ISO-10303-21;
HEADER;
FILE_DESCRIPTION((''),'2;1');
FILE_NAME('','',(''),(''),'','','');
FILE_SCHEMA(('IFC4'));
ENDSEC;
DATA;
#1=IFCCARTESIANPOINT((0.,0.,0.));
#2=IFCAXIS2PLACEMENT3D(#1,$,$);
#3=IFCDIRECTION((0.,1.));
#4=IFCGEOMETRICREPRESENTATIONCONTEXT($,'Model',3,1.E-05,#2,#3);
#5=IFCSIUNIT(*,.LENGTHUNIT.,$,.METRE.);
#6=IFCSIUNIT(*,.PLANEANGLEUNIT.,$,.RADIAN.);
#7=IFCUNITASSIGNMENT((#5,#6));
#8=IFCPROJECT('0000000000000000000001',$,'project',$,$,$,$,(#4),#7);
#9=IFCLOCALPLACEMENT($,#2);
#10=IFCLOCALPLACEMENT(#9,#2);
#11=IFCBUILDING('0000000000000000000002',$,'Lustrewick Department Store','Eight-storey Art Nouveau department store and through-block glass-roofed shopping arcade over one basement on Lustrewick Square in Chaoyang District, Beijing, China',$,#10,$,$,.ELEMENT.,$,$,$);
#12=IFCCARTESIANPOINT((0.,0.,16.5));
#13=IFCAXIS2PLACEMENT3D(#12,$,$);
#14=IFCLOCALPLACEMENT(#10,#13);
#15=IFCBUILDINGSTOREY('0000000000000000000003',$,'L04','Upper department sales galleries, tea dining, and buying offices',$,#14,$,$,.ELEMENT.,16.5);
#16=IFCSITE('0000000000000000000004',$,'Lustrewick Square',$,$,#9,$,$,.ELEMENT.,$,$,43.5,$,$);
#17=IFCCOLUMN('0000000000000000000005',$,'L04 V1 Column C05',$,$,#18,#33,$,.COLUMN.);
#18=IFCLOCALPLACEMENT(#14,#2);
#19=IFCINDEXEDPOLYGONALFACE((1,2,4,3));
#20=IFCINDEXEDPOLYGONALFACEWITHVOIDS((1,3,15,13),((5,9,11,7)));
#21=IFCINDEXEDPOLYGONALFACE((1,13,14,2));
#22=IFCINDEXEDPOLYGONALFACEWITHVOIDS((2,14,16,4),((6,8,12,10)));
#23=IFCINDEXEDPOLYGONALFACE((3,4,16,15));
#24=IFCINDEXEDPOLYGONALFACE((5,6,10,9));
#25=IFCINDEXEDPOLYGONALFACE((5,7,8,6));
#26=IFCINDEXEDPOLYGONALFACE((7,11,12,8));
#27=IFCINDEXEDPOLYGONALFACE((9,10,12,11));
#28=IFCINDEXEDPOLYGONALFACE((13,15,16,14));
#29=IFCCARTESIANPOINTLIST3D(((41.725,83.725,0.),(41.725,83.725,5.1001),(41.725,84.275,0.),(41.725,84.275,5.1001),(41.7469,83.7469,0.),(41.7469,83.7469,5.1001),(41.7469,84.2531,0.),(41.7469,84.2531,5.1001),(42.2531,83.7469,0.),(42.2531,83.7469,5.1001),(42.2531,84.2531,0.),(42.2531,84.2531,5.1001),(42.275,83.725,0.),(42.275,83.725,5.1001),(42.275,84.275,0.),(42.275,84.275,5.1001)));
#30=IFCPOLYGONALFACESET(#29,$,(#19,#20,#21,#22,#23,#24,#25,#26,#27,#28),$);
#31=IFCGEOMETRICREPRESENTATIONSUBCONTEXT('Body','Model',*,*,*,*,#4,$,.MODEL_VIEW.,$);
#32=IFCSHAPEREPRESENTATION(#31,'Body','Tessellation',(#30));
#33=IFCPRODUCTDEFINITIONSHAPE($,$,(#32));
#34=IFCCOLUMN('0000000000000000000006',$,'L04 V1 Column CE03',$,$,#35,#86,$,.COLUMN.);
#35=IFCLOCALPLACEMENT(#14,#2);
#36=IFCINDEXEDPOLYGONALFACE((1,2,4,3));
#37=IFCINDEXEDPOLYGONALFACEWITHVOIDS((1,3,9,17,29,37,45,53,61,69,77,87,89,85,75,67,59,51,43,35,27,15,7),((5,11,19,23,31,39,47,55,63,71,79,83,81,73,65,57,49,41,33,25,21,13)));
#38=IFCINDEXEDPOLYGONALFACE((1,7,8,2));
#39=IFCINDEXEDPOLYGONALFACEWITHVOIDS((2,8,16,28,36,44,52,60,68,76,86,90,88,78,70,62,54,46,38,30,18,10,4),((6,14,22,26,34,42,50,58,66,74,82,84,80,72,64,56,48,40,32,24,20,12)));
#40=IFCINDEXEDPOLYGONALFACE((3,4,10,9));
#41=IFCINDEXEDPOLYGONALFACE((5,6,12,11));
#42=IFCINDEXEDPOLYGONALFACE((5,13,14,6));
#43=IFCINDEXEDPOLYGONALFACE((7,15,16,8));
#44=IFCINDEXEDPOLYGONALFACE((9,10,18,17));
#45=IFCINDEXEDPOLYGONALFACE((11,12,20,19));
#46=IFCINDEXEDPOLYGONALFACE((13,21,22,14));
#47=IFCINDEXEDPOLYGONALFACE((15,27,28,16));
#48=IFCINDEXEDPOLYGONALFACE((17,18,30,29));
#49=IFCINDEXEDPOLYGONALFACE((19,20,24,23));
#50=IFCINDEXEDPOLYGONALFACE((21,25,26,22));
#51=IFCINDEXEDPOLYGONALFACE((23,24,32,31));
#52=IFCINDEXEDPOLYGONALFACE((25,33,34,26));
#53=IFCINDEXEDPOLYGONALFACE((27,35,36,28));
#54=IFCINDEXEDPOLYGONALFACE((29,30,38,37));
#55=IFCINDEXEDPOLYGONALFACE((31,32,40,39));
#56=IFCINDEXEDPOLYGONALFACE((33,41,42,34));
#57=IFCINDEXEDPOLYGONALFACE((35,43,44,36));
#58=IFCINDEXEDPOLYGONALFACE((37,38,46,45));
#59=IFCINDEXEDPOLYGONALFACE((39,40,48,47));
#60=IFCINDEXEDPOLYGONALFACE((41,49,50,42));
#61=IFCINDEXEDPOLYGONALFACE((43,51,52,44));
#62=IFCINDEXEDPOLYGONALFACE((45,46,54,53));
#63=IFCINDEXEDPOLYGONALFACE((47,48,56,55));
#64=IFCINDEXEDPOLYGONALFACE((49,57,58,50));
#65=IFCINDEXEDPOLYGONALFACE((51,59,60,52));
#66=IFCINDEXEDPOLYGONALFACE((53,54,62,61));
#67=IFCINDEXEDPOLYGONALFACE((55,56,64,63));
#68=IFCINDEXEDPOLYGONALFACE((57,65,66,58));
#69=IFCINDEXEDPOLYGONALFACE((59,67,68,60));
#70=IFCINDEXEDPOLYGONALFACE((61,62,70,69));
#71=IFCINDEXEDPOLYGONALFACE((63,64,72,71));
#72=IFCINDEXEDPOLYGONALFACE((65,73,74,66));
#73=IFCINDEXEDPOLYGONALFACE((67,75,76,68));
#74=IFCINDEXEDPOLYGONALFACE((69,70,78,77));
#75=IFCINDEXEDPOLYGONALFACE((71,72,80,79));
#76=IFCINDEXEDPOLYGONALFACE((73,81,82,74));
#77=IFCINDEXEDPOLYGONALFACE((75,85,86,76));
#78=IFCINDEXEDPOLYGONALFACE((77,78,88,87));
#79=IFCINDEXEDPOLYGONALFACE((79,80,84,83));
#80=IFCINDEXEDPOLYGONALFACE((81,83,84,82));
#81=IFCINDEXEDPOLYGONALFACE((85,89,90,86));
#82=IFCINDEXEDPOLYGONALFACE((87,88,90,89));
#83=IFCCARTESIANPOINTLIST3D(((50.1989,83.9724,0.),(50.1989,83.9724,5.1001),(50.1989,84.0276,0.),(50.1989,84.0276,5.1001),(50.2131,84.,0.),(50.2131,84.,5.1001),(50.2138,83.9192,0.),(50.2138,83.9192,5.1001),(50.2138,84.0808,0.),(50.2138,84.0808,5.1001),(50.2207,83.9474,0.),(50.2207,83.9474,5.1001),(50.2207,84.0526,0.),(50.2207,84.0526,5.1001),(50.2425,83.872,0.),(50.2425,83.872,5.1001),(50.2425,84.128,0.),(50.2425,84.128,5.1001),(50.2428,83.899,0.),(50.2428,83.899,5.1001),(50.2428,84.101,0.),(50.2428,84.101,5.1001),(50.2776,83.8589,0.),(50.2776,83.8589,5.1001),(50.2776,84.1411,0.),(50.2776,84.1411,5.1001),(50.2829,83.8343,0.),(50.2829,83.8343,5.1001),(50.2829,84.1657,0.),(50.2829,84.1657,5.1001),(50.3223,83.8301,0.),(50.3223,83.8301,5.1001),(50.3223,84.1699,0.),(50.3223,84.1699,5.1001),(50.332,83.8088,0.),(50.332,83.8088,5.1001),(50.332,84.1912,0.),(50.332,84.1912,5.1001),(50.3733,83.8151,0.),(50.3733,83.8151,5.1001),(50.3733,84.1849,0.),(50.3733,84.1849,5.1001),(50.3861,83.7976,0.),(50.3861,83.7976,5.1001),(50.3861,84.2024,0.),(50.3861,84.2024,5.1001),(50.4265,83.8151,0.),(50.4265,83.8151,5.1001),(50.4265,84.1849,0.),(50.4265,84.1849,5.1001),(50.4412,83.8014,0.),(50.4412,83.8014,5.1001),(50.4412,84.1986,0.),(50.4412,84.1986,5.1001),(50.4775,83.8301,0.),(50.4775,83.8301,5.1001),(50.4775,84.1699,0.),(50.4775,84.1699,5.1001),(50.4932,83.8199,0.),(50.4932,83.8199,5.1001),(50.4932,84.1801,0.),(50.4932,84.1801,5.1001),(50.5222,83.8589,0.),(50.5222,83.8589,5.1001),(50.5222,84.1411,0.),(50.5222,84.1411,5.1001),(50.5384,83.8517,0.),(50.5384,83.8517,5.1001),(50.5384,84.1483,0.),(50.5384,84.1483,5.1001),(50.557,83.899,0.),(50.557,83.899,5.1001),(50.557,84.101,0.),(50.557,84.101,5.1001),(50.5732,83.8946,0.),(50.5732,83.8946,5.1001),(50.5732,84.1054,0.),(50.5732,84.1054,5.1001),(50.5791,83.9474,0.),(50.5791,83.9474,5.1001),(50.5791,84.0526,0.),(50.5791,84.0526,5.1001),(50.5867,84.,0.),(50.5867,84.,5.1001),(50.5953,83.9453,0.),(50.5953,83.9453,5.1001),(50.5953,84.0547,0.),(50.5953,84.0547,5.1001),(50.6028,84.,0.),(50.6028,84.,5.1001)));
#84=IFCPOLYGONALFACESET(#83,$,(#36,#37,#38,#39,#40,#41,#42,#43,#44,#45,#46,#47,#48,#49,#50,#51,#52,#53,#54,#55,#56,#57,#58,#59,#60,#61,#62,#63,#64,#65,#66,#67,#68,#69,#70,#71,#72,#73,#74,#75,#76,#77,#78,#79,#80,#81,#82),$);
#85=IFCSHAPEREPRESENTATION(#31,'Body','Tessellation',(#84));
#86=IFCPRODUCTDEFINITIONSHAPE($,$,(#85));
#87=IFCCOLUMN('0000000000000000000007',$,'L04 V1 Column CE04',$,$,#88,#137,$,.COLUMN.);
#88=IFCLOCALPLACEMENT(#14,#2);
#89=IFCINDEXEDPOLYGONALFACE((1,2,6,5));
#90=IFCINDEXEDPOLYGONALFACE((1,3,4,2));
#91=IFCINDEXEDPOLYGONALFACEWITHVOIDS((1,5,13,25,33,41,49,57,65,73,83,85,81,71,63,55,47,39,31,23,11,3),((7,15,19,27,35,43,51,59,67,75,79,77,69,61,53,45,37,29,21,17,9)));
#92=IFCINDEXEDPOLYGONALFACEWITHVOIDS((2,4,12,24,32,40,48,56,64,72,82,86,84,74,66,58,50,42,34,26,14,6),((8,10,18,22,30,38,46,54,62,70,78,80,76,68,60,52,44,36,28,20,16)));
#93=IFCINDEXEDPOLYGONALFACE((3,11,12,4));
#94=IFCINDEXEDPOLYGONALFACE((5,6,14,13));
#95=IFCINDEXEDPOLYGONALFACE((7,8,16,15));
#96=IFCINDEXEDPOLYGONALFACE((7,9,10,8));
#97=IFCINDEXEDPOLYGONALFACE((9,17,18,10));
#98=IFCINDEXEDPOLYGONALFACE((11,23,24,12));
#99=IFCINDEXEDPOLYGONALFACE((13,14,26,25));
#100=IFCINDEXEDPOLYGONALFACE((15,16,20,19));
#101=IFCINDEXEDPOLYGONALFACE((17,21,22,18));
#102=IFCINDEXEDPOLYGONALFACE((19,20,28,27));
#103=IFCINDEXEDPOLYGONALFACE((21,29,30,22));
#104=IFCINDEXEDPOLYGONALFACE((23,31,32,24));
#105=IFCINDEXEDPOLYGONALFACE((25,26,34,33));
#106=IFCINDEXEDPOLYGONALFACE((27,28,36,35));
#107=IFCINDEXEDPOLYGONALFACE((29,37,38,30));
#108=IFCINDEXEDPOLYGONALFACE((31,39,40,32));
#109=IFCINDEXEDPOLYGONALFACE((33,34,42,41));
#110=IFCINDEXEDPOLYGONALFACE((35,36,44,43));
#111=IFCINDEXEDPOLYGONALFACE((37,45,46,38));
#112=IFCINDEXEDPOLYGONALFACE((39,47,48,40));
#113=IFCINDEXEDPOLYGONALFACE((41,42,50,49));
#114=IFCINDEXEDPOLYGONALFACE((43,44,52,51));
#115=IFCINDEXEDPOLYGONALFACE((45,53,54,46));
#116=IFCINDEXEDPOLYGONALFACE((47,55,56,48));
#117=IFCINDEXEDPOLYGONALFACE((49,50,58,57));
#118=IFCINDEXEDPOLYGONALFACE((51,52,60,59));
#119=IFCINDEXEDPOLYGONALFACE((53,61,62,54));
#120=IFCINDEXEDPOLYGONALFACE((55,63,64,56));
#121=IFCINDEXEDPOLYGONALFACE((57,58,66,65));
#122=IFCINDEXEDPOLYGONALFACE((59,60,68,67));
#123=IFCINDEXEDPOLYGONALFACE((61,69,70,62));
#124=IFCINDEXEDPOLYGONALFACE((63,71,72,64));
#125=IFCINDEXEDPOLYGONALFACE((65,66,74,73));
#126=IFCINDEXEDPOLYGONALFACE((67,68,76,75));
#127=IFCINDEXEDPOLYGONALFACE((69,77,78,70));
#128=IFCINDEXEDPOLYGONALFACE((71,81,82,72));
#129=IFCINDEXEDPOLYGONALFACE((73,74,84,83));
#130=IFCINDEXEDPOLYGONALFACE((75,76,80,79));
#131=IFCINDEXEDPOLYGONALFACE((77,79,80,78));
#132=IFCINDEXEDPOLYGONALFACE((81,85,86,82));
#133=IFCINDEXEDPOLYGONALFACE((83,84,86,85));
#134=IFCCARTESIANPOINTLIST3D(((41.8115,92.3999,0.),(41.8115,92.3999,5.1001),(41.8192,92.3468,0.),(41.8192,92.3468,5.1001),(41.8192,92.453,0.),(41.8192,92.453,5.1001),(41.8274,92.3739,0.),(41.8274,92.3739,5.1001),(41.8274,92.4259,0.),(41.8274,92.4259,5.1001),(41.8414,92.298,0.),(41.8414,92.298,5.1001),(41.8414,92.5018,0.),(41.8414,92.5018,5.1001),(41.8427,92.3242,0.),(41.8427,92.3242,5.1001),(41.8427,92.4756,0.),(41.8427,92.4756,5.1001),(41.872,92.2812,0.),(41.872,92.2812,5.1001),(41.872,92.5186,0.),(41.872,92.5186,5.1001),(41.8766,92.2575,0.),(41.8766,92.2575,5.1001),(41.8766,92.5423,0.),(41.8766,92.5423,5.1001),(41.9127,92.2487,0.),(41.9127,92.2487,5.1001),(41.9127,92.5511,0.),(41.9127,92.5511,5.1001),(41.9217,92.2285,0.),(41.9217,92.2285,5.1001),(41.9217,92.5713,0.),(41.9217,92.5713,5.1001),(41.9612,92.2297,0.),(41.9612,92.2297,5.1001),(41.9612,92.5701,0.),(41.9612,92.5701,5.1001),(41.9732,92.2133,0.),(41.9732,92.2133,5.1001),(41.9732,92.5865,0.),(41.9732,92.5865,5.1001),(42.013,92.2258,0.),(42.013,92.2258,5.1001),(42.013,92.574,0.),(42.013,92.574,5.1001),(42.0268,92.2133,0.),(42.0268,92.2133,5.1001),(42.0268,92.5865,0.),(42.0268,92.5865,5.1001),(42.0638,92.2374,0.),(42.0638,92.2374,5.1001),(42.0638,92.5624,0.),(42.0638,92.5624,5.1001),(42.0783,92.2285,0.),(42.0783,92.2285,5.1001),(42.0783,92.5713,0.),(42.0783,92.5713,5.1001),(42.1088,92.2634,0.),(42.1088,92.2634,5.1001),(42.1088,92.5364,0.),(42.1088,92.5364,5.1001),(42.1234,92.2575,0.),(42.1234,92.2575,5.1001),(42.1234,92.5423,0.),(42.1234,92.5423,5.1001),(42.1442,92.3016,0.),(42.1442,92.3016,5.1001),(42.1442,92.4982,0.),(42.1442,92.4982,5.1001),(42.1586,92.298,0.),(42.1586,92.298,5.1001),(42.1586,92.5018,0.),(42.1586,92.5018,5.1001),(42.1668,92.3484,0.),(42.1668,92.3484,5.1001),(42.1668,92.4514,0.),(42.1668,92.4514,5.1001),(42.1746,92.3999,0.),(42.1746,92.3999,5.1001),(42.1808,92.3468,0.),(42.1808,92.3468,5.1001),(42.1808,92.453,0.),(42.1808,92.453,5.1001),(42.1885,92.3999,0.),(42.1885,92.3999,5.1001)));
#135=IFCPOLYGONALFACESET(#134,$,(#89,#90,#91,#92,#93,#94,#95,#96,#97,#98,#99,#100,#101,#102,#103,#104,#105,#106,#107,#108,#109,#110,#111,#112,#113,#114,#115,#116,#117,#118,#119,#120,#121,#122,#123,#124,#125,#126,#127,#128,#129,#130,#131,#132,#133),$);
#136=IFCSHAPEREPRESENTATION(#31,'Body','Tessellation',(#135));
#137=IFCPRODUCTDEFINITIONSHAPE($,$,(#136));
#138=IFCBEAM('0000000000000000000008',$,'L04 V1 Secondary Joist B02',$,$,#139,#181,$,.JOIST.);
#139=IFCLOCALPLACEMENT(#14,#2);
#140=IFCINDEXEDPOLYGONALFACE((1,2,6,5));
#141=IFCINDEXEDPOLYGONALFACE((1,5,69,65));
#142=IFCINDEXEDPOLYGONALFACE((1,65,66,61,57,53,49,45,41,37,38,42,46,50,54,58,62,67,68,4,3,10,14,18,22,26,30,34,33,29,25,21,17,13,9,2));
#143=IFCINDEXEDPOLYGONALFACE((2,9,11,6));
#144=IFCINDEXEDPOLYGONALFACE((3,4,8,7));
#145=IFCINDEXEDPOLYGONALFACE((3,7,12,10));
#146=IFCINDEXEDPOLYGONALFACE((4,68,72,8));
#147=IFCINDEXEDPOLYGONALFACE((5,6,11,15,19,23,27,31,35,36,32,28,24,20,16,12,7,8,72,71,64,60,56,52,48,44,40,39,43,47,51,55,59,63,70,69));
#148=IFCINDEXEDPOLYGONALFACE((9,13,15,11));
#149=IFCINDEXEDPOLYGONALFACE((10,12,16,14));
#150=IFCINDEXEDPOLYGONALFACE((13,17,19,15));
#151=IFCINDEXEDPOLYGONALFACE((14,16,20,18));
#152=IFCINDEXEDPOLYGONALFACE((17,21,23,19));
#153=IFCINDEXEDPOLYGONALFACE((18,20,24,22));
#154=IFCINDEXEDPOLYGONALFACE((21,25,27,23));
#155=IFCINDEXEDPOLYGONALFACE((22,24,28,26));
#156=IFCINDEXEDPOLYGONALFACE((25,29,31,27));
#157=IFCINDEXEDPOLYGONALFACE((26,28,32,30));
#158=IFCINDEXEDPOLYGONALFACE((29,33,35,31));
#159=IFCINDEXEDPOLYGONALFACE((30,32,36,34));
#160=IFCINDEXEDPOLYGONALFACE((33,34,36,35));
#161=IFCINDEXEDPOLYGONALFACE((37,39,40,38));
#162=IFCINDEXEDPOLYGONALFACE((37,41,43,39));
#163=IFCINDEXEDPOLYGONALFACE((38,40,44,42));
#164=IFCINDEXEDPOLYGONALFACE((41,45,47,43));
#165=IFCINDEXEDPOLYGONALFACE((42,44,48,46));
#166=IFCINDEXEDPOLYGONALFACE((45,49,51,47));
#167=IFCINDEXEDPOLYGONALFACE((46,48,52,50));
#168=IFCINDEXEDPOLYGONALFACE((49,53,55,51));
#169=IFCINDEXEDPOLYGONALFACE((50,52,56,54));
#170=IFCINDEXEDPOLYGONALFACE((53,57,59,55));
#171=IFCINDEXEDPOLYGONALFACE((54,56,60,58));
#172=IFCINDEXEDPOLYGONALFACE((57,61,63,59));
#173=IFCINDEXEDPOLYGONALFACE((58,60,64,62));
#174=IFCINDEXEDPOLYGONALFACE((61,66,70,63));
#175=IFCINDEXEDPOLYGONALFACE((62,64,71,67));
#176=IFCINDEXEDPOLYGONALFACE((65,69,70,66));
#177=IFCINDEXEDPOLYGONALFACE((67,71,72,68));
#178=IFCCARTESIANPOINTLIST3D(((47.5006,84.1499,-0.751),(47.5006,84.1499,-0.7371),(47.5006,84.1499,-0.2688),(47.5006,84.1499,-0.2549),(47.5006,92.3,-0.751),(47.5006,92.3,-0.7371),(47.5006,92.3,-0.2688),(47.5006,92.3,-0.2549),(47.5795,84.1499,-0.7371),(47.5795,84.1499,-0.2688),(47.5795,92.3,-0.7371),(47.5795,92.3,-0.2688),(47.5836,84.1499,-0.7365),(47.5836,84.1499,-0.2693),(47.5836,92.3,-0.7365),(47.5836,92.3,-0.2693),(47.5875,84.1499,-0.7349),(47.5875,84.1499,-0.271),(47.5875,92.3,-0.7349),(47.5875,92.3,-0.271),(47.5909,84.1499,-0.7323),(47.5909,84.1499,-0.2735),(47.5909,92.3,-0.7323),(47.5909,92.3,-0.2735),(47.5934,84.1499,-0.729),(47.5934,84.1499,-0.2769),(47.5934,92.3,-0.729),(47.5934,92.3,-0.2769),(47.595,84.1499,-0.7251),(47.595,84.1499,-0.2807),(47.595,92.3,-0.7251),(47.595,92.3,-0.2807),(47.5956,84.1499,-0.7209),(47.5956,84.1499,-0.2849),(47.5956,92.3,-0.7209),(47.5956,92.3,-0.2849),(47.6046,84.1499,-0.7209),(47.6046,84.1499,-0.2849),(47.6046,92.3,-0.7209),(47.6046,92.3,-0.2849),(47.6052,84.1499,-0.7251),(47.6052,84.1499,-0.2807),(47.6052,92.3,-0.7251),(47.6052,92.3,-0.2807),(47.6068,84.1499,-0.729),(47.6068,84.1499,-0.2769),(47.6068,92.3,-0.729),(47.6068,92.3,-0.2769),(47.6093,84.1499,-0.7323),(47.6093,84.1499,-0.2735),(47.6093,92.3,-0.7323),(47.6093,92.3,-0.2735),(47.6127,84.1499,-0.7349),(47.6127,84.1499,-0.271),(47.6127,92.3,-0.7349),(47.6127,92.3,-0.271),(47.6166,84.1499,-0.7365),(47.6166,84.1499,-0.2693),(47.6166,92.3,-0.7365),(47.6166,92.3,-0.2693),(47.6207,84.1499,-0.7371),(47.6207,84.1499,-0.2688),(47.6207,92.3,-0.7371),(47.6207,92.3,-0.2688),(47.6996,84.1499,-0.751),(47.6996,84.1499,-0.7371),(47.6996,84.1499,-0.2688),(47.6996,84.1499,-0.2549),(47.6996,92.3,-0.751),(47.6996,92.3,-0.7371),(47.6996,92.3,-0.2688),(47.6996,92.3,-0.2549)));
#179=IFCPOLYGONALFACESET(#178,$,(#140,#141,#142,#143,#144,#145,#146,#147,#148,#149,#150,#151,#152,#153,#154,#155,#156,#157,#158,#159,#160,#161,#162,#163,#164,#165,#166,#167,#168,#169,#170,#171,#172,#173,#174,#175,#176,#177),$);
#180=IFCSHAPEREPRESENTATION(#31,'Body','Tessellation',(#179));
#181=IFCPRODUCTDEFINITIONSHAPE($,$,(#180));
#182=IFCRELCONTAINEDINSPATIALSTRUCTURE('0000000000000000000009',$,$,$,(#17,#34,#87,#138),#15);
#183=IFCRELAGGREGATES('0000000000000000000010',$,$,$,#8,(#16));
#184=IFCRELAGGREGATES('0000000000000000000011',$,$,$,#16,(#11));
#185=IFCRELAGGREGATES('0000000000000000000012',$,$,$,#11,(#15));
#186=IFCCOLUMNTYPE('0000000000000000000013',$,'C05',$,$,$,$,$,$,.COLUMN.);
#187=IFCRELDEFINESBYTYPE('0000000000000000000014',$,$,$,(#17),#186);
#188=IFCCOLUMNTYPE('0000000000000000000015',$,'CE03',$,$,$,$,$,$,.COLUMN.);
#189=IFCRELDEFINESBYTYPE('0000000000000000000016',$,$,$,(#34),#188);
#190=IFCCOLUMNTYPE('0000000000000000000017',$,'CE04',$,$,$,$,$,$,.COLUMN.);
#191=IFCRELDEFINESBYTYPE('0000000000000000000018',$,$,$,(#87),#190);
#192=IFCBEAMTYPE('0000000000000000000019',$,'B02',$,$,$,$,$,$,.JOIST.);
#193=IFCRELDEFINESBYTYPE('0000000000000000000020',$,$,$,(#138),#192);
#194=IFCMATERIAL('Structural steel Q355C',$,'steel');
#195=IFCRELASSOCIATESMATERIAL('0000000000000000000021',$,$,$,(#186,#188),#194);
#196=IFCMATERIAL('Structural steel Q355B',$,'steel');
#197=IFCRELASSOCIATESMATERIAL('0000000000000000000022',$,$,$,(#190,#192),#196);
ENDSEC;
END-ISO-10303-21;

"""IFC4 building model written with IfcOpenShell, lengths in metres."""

from ifc_helpers import new_model, si_unit, direction, frame, origin, origin_2d, place, context, subcontext, project, spatial, hollow_rectangle, hollow_circle, i_section, extrude, material, material_profile, profile_set, type_object, element, save


model = new_model("IFC4")

# Units and contexts
model_context = context("Model", 3, precision=1e-05, world=origin(), true_north=direction((0.0, 1.0)))
body_context = subcontext(model_context, "Body", "Model", "MODEL_VIEW")
ifc_project = project(units=[si_unit("LENGTHUNIT", "METRE"), si_unit("PLANEANGLEUNIT", "RADIAN")], contexts=[model_context])

# Site, building, storey
site_placement = place(None, origin())
site = spatial("IfcSite", under=ifc_project, at=site_placement, Name="Lustrewick Square", CompositionType="ELEMENT", RefElevation=43.5)
building_placement = place(site_placement, origin())
building = spatial("IfcBuilding", under=site, at=building_placement, Name="Lustrewick Department Store", Description="Eight-storey Art Nouveau department store and through-block glass-roofed shopping arcade over one basement on Lustrewick Square in Chaoyang District, Beijing, China", CompositionType="ELEMENT")
storey_placement = place(building_placement, frame((0.0, 0.0, 16.5)))
storey = spatial("IfcBuildingStorey", under=building, at=storey_placement, Name="L04", Description="Upper department sales galleries, tea dining, and buying offices", CompositionType="ELEMENT", Elevation=16.5)

# Columns
ifc_material_1 = material(Name="Structural steel Q355C", Category="steel")
ifc_material_profile_1 = material_profile(ifc_material_1, hollow_rectangle(XDim=0.55, YDim=0.55, WallThickness=0.022, at=origin_2d()), Name="BOX 550x550x22")
ifc_profile_set_1 = profile_set([ifc_material_profile_1], Name="Structural steel Q355C")
column_type_1 = type_object("IfcColumnType", Name="C05", PredefinedType="COLUMN", material=ifc_profile_set_1)
column_1_placement = place(storey_placement, frame((42.0, 84.0, 0.0), z_axis=(0.0, 0.0, 1.0), x_axis=(1.0, 0.0, 0.0)))
element("IfcColumn", 1, at=column_1_placement, inside=storey, type_object=column_type_1, Name="L04 V1 Column C05", PredefinedType="COLUMN", context=body_context, shape_type="SweptSolid", body=[
    extrude(hollow_rectangle(XDim=0.55, YDim=0.55, WallThickness=0.022, at=origin_2d()), origin(), (0.0, 0.0, 1.0), 5.1001),
])
ifc_material_profile_2 = material_profile(ifc_material_1, hollow_circle(Radius=0.2029, WallThickness=0.0161, at=origin_2d()), Name="CHS 406x16")
ifc_profile_set_2 = profile_set([ifc_material_profile_2], Name="Structural steel Q355C")
column_type_2 = type_object("IfcColumnType", Name="CE03", PredefinedType="COLUMN", material=ifc_profile_set_2)
column_2_placement = place(storey_placement, frame((50.3999, 84.0, 0.0), z_axis=(0.0, 0.0, 1.0), x_axis=(1.0, 0.0, 0.0)))
element("IfcColumn", 2, at=column_2_placement, inside=storey, type_object=column_type_2, Name="L04 V1 Column CE03", PredefinedType="COLUMN", context=body_context, shape_type="SweptSolid", body=[
    extrude(hollow_circle(Radius=0.2029, WallThickness=0.0161, at=origin_2d()), origin(), (0.0, 0.0, 1.0), 5.1001),
])
ifc_material_2 = material(Name="Structural steel Q355B", Category="steel")
ifc_material_profile_3 = material_profile(ifc_material_2, hollow_circle(Radius=0.1885, WallThickness=0.0139, at=origin_2d()), Name="CHS 377x14")
ifc_profile_set_3 = profile_set([ifc_material_profile_3], Name="Structural steel Q355B")
column_type_3 = type_object("IfcColumnType", Name="CE04", PredefinedType="COLUMN", material=ifc_profile_set_3)
column_3_placement = place(storey_placement, frame((42.0, 92.3999, 0.0), z_axis=(0.0, 0.0, 1.0), x_axis=(1.0, 0.0, 0.0)))
element("IfcColumn", 3, at=column_3_placement, inside=storey, type_object=column_type_3, Name="L04 V1 Column CE04", PredefinedType="COLUMN", context=body_context, shape_type="SweptSolid", body=[
    extrude(hollow_circle(Radius=0.1885, WallThickness=0.0139, at=origin_2d()), origin(), (0.0, 0.0, 1.0), 5.1001),
])

# Beam
ifc_material_profile_4 = material_profile(ifc_material_2, i_section(OverallWidth=0.199, OverallDepth=0.4961, WebThickness=0.009, FlangeThickness=0.0139, FilletRadius=0.0161, at=origin_2d()), Name="HN 496x199x9x14")
ifc_profile_set_4 = profile_set([ifc_material_profile_4], Name="Structural steel Q355B")
beam_type_1 = type_object("IfcBeamType", Name="B02", PredefinedType="JOIST", material=ifc_profile_set_4)
beam_1_placement = place(storey_placement, frame((47.6001, 84.1499, -0.5029), z_axis=(0.0, 1.0, 0.0), x_axis=(-1.0, 0.0, 0.0)))
element("IfcBeam", 4, at=beam_1_placement, inside=storey, type_object=beam_type_1, Name="L04 V1 Secondary Joist B02", PredefinedType="JOIST", context=body_context, shape_type="SweptSolid", body=[
    extrude(i_section(OverallWidth=0.199, OverallDepth=0.4961, WebThickness=0.009, FlangeThickness=0.0139, FilletRadius=0.0161, at=origin_2d()), origin(), (0.0, 0.0, 1.0), 8.1501),
])

save(model, "model.ifc")
